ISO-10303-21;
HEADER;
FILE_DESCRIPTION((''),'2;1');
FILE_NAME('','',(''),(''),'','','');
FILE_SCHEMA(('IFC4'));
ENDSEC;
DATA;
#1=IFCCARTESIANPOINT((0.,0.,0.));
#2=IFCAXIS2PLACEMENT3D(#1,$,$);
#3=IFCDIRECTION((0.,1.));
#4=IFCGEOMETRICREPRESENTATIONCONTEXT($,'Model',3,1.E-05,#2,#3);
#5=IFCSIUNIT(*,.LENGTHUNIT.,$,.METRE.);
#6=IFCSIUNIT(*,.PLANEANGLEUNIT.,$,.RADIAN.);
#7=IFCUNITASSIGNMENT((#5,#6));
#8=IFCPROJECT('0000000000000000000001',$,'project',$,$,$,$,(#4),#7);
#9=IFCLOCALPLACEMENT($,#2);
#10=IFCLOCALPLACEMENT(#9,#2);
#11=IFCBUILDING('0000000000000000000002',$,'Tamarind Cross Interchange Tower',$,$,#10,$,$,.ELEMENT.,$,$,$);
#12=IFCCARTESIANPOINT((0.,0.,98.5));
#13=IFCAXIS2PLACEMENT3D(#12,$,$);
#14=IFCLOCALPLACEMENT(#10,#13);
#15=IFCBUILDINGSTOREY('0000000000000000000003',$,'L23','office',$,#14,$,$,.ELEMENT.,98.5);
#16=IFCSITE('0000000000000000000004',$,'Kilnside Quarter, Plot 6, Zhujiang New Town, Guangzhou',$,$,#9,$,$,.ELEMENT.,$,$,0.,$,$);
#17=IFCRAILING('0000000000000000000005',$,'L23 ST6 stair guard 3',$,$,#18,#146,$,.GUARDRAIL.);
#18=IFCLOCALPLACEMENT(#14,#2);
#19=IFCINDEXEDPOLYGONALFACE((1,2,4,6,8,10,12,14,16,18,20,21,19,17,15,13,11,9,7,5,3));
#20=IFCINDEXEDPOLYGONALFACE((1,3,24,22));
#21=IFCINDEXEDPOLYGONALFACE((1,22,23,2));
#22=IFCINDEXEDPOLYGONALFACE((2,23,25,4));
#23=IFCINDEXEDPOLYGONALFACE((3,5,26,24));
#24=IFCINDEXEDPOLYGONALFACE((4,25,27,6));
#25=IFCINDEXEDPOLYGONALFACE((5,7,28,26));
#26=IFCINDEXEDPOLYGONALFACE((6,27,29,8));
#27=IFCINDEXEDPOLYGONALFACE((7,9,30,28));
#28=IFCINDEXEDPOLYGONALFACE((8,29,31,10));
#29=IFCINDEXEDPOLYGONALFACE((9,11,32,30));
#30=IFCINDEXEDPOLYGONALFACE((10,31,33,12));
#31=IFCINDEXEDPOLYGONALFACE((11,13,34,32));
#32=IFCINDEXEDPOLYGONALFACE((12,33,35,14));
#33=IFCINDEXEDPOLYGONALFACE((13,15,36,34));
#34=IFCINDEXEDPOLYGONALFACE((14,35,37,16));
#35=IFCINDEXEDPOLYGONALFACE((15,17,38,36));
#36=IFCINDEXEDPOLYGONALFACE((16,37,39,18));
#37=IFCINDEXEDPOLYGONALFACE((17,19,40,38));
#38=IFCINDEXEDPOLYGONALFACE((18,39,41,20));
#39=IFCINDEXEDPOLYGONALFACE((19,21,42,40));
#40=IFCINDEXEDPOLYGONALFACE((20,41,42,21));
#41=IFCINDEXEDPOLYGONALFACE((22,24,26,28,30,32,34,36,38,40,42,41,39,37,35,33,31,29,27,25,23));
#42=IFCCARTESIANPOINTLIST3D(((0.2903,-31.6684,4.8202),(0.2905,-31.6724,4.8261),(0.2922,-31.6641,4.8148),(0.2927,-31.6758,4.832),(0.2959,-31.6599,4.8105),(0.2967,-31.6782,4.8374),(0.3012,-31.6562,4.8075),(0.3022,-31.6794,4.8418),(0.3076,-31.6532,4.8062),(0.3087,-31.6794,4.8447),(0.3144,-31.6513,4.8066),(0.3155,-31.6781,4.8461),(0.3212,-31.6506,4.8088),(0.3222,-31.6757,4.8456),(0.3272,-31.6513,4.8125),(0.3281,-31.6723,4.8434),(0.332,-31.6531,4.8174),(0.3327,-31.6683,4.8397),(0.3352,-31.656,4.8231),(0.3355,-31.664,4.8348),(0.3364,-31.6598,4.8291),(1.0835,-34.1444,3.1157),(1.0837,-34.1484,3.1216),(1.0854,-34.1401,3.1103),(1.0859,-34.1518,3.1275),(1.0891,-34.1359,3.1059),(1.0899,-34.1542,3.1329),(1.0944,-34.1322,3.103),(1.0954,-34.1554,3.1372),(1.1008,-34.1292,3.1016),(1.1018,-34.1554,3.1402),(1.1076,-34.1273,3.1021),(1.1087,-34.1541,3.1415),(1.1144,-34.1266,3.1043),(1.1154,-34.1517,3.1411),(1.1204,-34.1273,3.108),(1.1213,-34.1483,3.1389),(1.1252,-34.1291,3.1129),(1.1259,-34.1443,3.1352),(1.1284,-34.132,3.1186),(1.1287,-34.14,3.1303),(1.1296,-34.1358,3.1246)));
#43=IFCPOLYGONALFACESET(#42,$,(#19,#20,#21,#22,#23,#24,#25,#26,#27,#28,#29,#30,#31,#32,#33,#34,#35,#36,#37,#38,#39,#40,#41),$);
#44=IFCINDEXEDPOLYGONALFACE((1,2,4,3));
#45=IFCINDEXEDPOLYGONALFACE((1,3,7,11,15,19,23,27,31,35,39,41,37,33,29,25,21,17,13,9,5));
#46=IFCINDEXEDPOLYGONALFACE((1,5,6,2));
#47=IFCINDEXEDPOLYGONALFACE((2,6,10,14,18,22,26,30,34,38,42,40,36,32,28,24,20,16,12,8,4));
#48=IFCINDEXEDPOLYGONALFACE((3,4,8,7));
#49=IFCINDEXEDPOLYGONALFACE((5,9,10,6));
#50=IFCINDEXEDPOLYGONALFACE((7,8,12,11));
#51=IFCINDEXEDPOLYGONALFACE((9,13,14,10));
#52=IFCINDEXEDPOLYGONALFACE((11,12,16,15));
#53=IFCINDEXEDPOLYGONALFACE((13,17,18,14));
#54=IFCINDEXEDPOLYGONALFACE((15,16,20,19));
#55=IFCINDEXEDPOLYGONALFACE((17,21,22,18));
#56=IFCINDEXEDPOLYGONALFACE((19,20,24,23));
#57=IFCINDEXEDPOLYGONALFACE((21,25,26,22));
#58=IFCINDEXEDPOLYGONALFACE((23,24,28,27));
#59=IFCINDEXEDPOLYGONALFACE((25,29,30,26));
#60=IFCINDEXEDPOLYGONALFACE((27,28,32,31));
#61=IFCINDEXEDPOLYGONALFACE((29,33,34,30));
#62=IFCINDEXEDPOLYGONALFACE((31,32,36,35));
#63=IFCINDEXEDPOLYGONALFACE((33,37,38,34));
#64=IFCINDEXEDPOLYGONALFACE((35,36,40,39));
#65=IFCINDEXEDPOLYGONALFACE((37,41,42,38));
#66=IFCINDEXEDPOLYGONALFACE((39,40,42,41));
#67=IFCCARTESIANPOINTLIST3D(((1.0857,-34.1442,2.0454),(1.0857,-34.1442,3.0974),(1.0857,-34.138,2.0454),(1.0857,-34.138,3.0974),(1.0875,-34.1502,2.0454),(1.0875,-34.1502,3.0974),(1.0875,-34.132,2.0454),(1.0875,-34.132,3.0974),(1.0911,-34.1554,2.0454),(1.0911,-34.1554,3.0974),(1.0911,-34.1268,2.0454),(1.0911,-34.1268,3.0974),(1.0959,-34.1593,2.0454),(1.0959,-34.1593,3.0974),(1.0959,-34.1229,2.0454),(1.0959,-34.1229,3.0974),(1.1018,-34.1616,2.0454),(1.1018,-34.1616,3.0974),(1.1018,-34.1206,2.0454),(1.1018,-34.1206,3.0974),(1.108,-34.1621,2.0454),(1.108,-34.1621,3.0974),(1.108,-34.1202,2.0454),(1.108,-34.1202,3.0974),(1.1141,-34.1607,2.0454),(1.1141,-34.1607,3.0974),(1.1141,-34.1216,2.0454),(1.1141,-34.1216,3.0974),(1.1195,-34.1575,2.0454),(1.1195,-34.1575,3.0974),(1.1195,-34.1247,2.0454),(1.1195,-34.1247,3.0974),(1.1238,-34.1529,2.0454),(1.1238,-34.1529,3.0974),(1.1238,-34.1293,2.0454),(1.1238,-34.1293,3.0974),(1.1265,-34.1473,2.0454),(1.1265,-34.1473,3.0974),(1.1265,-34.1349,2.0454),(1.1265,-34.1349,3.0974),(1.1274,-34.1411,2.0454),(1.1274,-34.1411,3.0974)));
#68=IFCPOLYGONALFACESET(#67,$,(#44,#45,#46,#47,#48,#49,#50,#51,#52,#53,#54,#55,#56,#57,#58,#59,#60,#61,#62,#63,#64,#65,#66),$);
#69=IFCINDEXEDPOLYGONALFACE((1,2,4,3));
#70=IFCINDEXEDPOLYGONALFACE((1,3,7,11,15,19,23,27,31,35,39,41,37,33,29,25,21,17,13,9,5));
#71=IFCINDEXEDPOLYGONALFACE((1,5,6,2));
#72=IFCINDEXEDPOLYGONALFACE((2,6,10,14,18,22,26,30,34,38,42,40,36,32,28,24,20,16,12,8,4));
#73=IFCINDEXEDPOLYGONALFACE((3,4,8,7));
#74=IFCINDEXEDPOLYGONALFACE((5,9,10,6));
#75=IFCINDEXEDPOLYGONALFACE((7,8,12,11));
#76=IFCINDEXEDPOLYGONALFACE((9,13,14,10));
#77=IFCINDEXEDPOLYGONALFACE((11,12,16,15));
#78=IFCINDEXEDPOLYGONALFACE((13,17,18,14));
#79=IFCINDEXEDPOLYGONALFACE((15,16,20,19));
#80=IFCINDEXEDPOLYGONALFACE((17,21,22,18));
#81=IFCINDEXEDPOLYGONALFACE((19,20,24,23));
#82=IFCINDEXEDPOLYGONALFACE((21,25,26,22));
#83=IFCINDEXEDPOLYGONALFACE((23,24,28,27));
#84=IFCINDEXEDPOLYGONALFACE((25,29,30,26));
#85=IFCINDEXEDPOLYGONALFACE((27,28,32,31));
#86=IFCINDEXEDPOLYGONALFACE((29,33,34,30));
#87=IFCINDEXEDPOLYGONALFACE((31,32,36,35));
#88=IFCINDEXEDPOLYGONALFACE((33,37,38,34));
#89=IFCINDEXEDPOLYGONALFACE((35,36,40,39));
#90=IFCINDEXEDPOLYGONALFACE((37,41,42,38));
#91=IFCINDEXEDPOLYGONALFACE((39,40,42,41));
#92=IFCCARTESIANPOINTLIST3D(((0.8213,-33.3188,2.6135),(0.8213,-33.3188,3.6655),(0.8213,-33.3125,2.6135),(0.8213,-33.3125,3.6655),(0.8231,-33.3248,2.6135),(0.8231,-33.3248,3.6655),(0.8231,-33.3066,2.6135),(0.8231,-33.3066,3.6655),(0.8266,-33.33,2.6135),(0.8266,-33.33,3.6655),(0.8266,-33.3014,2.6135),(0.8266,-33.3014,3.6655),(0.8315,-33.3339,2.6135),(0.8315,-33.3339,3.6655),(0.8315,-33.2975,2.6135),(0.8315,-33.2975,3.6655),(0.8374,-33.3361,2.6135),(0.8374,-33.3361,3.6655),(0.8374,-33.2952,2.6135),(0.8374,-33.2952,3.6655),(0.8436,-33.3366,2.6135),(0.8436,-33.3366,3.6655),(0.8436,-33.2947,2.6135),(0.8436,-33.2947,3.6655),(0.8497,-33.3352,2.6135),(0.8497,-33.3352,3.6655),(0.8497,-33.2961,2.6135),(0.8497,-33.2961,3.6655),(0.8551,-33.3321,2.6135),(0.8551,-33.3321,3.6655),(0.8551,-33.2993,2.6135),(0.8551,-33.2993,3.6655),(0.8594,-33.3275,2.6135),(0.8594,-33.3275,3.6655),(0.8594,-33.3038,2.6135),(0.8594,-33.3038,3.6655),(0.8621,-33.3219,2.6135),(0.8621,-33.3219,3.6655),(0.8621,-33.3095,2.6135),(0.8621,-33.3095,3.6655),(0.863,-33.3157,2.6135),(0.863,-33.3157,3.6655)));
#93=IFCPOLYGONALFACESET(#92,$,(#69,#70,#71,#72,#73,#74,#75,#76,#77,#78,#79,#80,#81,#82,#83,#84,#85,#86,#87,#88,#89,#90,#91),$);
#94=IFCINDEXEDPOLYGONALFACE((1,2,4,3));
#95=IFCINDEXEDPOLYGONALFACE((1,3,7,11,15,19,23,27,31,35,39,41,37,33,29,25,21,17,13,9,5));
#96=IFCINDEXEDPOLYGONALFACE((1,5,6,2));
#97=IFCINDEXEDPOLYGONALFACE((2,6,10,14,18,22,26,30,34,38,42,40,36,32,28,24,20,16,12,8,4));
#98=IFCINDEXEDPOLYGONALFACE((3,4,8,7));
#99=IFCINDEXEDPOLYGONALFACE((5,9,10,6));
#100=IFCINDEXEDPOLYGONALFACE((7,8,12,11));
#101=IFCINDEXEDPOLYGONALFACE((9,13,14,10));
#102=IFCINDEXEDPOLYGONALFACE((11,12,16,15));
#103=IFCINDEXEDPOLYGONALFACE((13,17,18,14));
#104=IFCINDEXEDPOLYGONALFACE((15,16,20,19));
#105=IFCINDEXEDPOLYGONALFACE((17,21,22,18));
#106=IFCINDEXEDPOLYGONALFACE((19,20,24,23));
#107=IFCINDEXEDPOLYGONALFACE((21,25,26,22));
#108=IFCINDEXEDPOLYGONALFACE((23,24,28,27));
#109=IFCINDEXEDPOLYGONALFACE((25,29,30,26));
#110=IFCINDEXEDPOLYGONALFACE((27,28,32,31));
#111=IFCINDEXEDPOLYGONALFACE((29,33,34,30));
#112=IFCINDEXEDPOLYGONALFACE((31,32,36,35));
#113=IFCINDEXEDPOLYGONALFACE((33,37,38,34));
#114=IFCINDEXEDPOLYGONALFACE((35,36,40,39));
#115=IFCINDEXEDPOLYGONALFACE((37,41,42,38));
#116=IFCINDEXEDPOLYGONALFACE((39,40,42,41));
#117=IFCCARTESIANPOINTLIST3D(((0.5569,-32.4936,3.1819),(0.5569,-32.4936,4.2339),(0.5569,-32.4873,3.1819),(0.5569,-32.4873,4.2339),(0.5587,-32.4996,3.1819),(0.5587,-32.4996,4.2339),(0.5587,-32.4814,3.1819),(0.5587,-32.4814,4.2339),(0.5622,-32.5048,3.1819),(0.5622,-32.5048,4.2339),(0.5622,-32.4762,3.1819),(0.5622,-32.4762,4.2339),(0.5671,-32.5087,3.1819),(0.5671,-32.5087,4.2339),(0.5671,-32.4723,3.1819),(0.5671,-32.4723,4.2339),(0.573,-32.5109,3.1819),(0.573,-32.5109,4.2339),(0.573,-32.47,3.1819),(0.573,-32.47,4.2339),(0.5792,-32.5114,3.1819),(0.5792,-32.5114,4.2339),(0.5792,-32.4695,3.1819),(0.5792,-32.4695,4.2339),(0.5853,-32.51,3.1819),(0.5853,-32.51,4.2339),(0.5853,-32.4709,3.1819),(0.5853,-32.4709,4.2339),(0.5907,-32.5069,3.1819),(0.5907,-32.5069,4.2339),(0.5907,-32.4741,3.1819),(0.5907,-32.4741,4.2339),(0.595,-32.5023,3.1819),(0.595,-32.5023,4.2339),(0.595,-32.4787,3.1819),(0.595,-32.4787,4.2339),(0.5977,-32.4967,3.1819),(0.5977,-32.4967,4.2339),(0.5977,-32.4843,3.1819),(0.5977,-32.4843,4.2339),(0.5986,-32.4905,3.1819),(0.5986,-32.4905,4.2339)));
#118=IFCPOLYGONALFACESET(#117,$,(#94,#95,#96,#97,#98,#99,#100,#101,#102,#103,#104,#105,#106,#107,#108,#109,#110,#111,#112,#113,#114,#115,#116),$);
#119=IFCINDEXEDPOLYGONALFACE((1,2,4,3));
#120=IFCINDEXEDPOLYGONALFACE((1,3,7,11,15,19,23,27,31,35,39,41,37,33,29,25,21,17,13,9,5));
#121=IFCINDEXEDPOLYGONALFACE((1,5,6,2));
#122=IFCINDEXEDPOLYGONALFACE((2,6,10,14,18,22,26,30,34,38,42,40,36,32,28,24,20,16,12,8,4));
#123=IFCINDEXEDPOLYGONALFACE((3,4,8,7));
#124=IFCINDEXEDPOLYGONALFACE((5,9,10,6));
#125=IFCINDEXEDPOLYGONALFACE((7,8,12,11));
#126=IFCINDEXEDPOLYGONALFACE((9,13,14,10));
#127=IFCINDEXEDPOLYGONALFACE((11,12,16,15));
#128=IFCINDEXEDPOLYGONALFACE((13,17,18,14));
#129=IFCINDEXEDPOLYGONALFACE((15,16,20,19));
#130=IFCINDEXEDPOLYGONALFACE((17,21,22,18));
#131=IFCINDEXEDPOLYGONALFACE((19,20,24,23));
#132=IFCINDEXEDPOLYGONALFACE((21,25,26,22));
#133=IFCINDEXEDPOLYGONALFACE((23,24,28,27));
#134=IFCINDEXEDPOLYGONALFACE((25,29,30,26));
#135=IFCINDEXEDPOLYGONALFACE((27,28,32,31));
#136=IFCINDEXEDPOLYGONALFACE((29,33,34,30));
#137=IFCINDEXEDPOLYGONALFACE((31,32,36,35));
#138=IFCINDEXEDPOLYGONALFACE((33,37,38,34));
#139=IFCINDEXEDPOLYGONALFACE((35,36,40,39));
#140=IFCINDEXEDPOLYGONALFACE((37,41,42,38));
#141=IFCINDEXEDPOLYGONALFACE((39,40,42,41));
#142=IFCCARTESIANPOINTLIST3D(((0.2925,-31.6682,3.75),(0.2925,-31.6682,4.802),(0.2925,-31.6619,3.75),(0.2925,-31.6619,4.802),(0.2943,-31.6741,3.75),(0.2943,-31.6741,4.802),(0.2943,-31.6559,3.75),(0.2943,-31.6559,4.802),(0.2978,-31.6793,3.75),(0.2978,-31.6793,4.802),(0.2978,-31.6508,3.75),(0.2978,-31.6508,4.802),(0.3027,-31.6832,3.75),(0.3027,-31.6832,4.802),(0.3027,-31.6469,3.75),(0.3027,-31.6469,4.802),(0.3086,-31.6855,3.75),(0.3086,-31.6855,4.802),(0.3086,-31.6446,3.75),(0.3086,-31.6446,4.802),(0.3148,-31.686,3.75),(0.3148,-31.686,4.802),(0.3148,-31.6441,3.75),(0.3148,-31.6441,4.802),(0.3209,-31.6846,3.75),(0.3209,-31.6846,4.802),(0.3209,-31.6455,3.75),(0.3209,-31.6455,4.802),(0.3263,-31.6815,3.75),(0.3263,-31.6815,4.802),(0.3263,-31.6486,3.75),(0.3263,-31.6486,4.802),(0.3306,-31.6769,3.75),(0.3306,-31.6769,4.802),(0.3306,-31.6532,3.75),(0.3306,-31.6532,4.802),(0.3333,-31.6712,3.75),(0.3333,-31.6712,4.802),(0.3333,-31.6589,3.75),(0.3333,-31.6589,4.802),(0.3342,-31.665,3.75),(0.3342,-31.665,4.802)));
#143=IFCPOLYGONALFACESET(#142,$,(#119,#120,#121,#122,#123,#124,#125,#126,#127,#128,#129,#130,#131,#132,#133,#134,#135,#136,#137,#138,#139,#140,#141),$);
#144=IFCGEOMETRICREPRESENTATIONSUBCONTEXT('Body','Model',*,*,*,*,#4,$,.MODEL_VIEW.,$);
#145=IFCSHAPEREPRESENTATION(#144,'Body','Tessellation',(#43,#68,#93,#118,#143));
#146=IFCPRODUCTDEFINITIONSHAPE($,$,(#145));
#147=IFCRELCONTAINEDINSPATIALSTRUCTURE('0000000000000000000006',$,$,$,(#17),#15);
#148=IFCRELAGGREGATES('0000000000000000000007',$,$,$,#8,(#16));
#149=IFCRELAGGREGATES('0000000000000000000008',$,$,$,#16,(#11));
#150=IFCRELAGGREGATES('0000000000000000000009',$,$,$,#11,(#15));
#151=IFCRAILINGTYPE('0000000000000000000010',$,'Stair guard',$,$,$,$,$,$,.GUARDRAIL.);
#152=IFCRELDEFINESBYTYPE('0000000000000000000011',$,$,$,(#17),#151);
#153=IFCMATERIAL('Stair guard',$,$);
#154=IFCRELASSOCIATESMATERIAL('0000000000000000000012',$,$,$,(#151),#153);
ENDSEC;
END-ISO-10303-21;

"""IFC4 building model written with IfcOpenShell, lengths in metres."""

from ifc_helpers import new_model, si_unit, direction, frame, origin, origin_2d, place, context, subcontext, project, spatial, circle, extrude, material, type_object, element, save


model = new_model("IFC4")

# Units and contexts
model_context = context("Model", 3, precision=1e-05, world=origin(), true_north=direction((0.0, 1.0)))
body_context = subcontext(model_context, "Body", "Model", "MODEL_VIEW")
ifc_project = project(units=[si_unit("LENGTHUNIT", "METRE"), si_unit("PLANEANGLEUNIT", "RADIAN")], contexts=[model_context])

# Site, building, storey
site_placement = place(None, origin())
site = spatial("IfcSite", under=ifc_project, at=site_placement, Name="Kilnside Quarter, Plot 6, Zhujiang New Town, Guangzhou", CompositionType="ELEMENT", RefElevation=0.0)
building_placement = place(site_placement, origin())
building = spatial("IfcBuilding", under=site, at=building_placement, Name="Tamarind Cross Interchange Tower", CompositionType="ELEMENT")
storey_placement = place(building_placement, frame((0.0, 0.0, 98.5)))
storey = spatial("IfcBuildingStorey", under=building, at=storey_placement, Name="L23", Description="office", CompositionType="ELEMENT", Elevation=98.5)

# Railing
ifc_material_1 = material(Name="Stair guard")
railing_type_1 = type_object("IfcRailingType", Name="Stair guard", PredefinedType="GUARDRAIL", material=ifc_material_1)
railing_1_placement = place(storey_placement, frame((1.1064, -34.1411, 2.0454)))
element("IfcRailing", 1, at=railing_1_placement, inside=storey, type_object=railing_type_1, Name="L23 ST6 stair guard 3", PredefinedType="GUARDRAIL", context=body_context, shape_type="SweptSolid", body=[
    extrude(circle(Radius=0.0239, at=origin_2d()), frame((0.0, 0.0, 1.0762), z_axis=(-0.255136, 0.796427, 0.548279), x_axis=(-0.952327, -0.305079, 0.0)), (0.0, 0.0, 1.0), 3.1089),
    extrude(circle(Radius=0.021, at=origin_2d()), origin(), (0.0, 0.0, 1.0), 1.052),
    extrude(circle(Radius=0.021, at=origin_2d()), frame((-0.2644, 0.8254, 0.5681)), (0.0, 0.0, 1.0), 1.052),
    extrude(circle(Radius=0.021, at=origin_2d()), frame((-0.5288, 1.6506, 1.1365)), (0.0, 0.0, 1.0), 1.052),
    extrude(circle(Radius=0.021, at=origin_2d()), frame((-0.7932, 2.4761, 1.7046)), (0.0, 0.0, 1.0), 1.052),
])

save(model, "model.ifc")
